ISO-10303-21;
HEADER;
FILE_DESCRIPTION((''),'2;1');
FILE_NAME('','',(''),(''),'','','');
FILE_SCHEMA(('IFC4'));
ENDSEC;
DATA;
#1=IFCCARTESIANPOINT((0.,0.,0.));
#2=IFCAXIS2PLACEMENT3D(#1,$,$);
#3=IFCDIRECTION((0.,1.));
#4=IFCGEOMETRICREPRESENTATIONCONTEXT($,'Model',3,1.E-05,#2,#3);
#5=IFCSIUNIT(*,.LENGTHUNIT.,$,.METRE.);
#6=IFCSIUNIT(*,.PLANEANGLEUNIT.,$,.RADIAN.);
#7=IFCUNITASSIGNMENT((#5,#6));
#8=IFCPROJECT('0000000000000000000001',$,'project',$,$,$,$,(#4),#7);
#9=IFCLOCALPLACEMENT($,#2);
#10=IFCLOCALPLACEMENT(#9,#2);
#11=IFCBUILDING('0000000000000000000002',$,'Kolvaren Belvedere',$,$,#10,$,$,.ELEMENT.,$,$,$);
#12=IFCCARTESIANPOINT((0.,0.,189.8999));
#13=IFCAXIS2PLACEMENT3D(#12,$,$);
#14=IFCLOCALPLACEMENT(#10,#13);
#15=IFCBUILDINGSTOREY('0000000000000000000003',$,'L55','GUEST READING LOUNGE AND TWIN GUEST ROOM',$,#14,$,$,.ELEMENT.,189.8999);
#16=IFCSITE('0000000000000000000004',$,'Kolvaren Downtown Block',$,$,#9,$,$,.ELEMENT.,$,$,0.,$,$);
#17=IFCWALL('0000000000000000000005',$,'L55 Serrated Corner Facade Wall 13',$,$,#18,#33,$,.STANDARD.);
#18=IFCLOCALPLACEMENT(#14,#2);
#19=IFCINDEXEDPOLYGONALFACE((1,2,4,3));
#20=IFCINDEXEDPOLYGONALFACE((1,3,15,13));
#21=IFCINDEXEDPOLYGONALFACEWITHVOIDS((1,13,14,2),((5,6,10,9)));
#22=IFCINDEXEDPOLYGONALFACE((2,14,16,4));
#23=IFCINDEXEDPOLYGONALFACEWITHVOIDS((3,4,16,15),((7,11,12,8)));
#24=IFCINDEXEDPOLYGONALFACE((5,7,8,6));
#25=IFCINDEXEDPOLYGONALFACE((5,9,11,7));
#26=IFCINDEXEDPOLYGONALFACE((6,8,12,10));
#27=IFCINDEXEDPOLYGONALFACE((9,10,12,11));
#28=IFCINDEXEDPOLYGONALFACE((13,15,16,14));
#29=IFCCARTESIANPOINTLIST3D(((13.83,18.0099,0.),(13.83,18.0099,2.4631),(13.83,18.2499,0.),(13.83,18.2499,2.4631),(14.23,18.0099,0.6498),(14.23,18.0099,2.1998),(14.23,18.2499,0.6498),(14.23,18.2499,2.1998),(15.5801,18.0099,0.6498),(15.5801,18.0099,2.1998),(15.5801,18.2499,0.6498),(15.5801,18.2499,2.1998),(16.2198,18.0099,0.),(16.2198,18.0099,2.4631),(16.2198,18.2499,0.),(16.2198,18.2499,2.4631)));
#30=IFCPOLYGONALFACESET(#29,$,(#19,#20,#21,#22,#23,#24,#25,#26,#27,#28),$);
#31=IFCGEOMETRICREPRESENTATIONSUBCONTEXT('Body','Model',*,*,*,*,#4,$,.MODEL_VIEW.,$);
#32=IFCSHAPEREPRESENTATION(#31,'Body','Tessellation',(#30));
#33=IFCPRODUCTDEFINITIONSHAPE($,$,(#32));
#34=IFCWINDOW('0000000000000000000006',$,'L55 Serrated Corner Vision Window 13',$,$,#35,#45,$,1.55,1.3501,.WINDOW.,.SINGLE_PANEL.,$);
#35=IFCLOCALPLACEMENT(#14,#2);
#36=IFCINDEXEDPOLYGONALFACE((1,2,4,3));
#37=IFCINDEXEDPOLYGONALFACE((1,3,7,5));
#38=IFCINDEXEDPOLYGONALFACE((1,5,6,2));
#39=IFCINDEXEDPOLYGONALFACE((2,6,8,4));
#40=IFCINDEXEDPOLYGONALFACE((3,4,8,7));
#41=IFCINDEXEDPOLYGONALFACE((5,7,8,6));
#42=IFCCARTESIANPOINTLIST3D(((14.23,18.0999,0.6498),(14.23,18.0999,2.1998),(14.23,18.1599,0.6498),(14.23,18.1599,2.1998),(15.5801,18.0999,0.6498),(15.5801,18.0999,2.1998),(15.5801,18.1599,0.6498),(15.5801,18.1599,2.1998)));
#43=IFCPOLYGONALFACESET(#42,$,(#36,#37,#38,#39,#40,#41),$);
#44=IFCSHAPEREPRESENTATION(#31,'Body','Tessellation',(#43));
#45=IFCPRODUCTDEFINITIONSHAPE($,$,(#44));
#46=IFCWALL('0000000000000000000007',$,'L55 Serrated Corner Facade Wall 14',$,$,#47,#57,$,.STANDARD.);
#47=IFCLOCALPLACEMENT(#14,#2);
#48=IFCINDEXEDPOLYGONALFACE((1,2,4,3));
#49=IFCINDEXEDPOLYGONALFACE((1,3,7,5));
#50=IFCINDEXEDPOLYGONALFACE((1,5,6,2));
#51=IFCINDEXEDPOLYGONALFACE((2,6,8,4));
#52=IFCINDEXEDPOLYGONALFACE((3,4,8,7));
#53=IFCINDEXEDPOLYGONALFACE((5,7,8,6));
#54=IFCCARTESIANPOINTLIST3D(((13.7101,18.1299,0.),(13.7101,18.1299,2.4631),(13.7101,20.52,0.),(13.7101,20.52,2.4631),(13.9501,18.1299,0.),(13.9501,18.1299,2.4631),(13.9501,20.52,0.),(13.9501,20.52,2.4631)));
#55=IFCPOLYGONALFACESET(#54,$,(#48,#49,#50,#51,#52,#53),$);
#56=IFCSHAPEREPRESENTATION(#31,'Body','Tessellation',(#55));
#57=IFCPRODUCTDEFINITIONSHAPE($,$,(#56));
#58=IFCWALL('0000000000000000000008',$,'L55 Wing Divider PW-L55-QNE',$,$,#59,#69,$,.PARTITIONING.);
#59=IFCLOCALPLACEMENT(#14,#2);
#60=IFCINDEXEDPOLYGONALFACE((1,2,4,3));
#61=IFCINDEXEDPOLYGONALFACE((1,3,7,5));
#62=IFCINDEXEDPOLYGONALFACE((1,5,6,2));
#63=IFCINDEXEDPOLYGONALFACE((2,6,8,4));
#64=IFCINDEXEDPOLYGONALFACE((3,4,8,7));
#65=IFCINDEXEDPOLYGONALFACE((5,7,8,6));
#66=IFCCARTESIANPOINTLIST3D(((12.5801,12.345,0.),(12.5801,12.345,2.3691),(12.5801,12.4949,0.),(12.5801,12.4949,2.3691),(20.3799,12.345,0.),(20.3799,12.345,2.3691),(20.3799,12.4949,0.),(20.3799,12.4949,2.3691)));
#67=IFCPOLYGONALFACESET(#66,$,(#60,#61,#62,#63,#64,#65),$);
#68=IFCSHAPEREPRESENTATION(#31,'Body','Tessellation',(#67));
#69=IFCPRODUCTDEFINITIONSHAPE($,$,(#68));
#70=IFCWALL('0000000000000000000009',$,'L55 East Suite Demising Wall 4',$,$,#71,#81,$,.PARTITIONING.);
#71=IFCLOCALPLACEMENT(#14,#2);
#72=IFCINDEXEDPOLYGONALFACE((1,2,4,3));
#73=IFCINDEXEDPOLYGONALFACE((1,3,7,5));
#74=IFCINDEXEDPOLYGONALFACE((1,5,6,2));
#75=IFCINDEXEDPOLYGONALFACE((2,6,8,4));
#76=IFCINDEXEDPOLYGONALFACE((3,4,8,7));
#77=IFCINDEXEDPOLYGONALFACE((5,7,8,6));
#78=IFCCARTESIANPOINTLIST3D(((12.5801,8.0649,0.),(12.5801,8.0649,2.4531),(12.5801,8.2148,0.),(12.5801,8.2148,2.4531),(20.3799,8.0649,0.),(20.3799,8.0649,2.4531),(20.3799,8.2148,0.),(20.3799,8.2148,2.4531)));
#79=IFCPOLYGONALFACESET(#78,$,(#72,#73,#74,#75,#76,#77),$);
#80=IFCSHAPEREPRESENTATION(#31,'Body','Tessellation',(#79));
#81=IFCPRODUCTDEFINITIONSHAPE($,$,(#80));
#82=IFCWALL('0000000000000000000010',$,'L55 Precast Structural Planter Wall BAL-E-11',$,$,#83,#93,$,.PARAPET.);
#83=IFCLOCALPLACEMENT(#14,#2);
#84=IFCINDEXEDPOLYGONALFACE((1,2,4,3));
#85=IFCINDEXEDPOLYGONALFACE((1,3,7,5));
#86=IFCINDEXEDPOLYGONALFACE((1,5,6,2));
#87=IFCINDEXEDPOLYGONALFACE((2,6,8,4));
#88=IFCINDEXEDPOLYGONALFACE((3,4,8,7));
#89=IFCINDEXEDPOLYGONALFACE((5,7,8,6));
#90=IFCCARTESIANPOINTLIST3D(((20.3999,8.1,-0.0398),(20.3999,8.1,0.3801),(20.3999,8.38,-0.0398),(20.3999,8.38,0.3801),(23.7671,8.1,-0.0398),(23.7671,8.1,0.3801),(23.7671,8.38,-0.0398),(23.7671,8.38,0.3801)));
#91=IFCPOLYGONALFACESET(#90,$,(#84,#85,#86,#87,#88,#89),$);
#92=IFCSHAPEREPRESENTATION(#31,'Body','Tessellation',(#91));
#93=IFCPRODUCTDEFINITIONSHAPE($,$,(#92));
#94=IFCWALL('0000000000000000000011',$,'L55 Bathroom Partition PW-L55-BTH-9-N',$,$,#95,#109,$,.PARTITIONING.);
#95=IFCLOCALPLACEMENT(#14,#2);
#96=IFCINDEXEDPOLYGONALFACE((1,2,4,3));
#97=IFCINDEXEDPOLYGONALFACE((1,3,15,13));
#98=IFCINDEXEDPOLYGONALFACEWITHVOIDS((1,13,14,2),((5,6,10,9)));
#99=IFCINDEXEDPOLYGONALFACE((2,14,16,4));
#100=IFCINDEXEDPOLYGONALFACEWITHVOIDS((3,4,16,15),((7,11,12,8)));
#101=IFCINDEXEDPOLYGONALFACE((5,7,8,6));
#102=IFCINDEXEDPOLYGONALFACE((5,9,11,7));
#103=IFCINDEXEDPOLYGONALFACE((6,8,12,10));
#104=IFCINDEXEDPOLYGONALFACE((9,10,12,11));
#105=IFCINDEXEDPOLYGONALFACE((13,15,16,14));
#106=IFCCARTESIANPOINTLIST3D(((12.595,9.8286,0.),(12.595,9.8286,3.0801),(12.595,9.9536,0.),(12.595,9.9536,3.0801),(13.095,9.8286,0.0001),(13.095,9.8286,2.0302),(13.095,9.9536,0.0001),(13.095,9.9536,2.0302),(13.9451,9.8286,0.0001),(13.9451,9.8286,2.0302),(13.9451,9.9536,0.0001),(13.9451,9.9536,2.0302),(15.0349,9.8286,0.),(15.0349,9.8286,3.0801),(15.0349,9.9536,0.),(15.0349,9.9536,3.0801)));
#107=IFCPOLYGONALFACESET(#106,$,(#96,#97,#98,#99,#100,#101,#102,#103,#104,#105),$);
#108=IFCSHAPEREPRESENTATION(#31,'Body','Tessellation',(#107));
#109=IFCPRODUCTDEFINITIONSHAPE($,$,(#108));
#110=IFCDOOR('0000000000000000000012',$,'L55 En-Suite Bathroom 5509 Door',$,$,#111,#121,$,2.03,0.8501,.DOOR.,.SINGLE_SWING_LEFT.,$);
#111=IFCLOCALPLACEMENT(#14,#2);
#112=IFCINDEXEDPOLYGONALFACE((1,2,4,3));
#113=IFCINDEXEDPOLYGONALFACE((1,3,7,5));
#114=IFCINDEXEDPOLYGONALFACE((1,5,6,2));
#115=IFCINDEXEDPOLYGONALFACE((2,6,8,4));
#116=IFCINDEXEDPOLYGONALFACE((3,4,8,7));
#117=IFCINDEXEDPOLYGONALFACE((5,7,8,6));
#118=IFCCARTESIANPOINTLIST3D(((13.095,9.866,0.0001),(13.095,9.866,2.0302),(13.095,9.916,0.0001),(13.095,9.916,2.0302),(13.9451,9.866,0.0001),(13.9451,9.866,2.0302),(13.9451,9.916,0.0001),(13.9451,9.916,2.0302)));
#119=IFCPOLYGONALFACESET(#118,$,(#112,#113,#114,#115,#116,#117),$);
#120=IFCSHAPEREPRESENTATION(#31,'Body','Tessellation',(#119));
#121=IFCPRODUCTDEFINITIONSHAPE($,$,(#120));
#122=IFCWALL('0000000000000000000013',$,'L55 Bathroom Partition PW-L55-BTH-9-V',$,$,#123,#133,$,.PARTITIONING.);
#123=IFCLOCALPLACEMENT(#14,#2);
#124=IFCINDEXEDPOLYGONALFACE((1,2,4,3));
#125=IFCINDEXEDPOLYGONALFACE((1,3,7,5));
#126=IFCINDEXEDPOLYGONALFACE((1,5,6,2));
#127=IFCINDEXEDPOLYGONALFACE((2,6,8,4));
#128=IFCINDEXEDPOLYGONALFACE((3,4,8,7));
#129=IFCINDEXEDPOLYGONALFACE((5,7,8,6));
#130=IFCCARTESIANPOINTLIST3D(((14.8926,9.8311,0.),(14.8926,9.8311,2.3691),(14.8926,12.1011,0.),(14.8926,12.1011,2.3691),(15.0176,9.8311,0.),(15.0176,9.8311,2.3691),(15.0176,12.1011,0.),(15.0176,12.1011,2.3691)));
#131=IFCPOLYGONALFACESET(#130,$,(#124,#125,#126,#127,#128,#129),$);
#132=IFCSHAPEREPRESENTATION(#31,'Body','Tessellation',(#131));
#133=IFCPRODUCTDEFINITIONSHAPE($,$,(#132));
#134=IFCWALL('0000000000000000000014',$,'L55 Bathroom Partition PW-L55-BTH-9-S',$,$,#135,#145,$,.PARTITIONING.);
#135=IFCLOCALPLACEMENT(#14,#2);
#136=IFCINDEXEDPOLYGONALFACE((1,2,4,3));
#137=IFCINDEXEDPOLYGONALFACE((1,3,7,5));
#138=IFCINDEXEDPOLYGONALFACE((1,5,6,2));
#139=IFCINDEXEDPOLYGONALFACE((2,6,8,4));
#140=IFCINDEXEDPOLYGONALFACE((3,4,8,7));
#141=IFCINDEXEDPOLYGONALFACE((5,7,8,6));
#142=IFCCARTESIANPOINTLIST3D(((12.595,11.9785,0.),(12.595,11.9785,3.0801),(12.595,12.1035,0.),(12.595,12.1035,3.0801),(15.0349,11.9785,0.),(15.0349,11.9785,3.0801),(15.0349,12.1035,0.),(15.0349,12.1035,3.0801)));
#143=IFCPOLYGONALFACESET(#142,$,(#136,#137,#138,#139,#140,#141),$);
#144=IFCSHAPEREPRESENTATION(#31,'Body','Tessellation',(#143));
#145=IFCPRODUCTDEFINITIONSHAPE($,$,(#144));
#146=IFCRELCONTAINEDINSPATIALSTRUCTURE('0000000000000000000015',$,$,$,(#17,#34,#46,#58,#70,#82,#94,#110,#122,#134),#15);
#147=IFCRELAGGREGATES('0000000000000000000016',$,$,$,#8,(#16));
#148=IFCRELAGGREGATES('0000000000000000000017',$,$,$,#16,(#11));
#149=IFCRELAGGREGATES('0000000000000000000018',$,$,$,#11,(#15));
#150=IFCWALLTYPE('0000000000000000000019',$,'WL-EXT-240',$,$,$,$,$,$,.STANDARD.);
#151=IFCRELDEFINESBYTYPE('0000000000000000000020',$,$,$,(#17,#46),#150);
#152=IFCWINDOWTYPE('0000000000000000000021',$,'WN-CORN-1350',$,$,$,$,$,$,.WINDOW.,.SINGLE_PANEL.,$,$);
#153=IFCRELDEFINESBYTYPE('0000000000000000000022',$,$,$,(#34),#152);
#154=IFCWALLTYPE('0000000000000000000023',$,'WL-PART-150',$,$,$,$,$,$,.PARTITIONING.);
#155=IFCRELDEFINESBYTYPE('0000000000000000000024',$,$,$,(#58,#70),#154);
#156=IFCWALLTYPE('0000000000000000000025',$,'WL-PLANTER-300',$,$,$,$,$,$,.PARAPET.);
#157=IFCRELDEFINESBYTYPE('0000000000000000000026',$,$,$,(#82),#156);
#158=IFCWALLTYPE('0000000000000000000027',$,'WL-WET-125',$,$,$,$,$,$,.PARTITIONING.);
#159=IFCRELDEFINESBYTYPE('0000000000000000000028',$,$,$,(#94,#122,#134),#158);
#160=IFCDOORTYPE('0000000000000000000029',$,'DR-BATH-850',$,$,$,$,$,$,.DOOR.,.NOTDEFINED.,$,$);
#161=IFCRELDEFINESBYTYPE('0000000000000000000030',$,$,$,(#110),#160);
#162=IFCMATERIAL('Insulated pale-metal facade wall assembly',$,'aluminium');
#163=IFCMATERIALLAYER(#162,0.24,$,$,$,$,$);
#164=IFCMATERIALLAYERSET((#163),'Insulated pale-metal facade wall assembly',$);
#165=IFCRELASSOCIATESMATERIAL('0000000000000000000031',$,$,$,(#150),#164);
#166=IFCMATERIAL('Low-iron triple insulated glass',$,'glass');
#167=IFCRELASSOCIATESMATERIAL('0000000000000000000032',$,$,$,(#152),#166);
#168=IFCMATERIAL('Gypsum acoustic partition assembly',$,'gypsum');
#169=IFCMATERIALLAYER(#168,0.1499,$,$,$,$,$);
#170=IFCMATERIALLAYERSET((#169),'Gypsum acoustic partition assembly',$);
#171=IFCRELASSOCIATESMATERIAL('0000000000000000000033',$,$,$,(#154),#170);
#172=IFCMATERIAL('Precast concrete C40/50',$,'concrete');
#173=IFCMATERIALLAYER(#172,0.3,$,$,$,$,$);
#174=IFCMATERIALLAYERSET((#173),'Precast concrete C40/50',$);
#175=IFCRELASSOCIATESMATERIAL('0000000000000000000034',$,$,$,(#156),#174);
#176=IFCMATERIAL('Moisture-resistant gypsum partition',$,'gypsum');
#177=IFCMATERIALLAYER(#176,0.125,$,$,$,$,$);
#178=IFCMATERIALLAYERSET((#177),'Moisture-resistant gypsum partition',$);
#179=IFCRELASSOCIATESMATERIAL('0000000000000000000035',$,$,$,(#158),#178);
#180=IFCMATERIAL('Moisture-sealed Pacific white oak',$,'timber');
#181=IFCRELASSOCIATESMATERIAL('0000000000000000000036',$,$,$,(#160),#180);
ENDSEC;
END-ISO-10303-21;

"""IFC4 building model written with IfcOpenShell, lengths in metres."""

from ifc_helpers import new_model, si_unit, direction, frame, frame_2d, origin, place, context, subcontext, project, spatial, rectangle, extrude, material, layer, layer_set, type_object, element, fill, save


model = new_model("IFC4")

# Units and contexts
model_context = context("Model", 3, precision=1e-05, world=origin(), true_north=direction((0.0, 1.0)))
body_context = subcontext(model_context, "Body", "Model", "MODEL_VIEW")
ifc_project = project(units=[si_unit("LENGTHUNIT", "METRE"), si_unit("PLANEANGLEUNIT", "RADIAN")], contexts=[model_context])

# Site, building, storey
site_placement = place(None, origin())
site = spatial("IfcSite", under=ifc_project, at=site_placement, Name="Kolvaren Downtown Block", CompositionType="ELEMENT", RefElevation=0.0)
building_placement = place(site_placement, origin())
building = spatial("IfcBuilding", under=site, at=building_placement, Name="Kolvaren Belvedere", CompositionType="ELEMENT")
storey_placement = place(building_placement, frame((0.0, 0.0, 189.8999)))
storey = spatial("IfcBuildingStorey", under=building, at=storey_placement, Name="L55", Description="GUEST READING LOUNGE AND TWIN GUEST ROOM", CompositionType="ELEMENT", Elevation=189.8999)

# Shared definitions
ifc_material_1 = material(Name="Insulated pale-metal facade wall assembly", Category="aluminium")
ifc_layer_1 = layer(ifc_material_1, 0.24)
ifc_layer_set_1 = layer_set([ifc_layer_1], Name="Insulated pale-metal facade wall assembly")
wall_type_1 = type_object("IfcWallType", Name="WL-EXT-240", PredefinedType="STANDARD", material=ifc_layer_set_1)

# Wall, opening, window
ifc_material_2 = material(Name="Low-iron triple insulated glass", Category="glass")
window_type_1 = type_object("IfcWindowType", Name="WN-CORN-1350", PartitioningType="SINGLE_PANEL", PredefinedType="WINDOW", material=ifc_material_2)
wall_1_placement = place(storey_placement, frame((13.8301, 18.1299, 0.0), z_axis=(0.0, 0.0, 1.0), x_axis=(1.0, 0.0, 0.0)))
wall_1 = element("IfcWall", 1, at=wall_1_placement, inside=storey, type_object=wall_type_1, Name="L55 Serrated Corner Facade Wall 13", PredefinedType="STANDARD", context=body_context, shape_type="SweptSolid", body=[
    extrude(rectangle(XDim=2.3899, YDim=0.24, at=frame_2d((1.1948, 0.0))), origin(), (0.0, 0.0, 1.0), 2.4631),
])
opening_1_placement = place(wall_1_placement, frame((0.3999, 0.0, 0.6499)))
opening_1 = element("IfcOpeningElement", 2, at=opening_1_placement, cuts=wall_1, PredefinedType="OPENING", context=body_context, shape_type="SweptSolid", body=[
    extrude(rectangle(XDim=1.3501, YDim=1.55, at=frame_2d((0.675, 0.7749))), frame((0.0, 0.1299, 0.0), z_axis=(0.0, -1.0, 0.0), x_axis=(1.0, 0.0, 0.0)), (0.0, 0.0, 1.0), 0.26),
])
window_1_placement = place(opening_1_placement, origin())
window_1 = element("IfcWindow", 3, at=window_1_placement, inside=storey, type_object=window_type_1, Name="L55 Serrated Corner Vision Window 13", OverallHeight=1.55, OverallWidth=1.3501, PartitioningType="SINGLE_PANEL", PredefinedType="WINDOW", context=body_context, shape_type="SweptSolid", body=[
    extrude(rectangle(XDim=1.3501, YDim=1.55, at=frame_2d((0.675, 0.7749))), frame((0.0, 0.03, 0.0), z_axis=(0.0, -1.0, 0.0), x_axis=(1.0, 0.0, 0.0)), (0.0, 0.0, 1.0), 0.0601),
])
fill(opening_1, window_1)

# Walls
wall_2_placement = place(storey_placement, frame((13.8301, 20.52, 0.0), z_axis=(0.0, 0.0, 1.0), x_axis=(0.0, -1.0, 0.0)))
element("IfcWall", 4, at=wall_2_placement, inside=storey, type_object=wall_type_1, Name="L55 Serrated Corner Facade Wall 14", PredefinedType="STANDARD", context=body_context, shape_type="SweptSolid", body=[
    extrude(rectangle(XDim=2.3901, YDim=0.24, at=frame_2d((1.1951, 0.0))), origin(), (0.0, 0.0, 1.0), 2.4631),
])
ifc_material_3 = material(Name="Gypsum acoustic partition assembly", Category="gypsum")
ifc_layer_2 = layer(ifc_material_3, 0.1499)
ifc_layer_set_2 = layer_set([ifc_layer_2], Name="Gypsum acoustic partition assembly")
wall_type_2 = type_object("IfcWallType", Name="WL-PART-150", PredefinedType="PARTITIONING", material=ifc_layer_set_2)
wall_3_placement = place(storey_placement, frame((12.5801, 12.4199, 0.0), z_axis=(0.0, 0.0, 1.0), x_axis=(1.0, 0.0, 0.0)))
element("IfcWall", 5, at=wall_3_placement, inside=storey, type_object=wall_type_2, Name="L55 Wing Divider PW-L55-QNE", PredefinedType="PARTITIONING", context=body_context, shape_type="SweptSolid", body=[
    extrude(rectangle(XDim=7.7998, YDim=0.1499, at=frame_2d((3.8999, 0.0))), origin(), (0.0, 0.0, 1.0), 2.3691),
])
wall_4_placement = place(storey_placement, frame((12.5801, 8.1399, 0.0), z_axis=(0.0, 0.0, 1.0), x_axis=(1.0, 0.0, 0.0)))
element("IfcWall", 6, at=wall_4_placement, inside=storey, type_object=wall_type_2, Name="L55 East Suite Demising Wall 4", PredefinedType="PARTITIONING", context=body_context, shape_type="SweptSolid", body=[
    extrude(rectangle(XDim=7.7998, YDim=0.1499, at=frame_2d((3.8999, 0.0))), origin(), (0.0, 0.0, 1.0), 2.4531),
])
ifc_material_4 = material(Name="Precast concrete C40/50", Category="concrete")
ifc_layer_3 = layer(ifc_material_4, 0.3)
ifc_layer_set_3 = layer_set([ifc_layer_3], Name="Precast concrete C40/50")
wall_type_3 = type_object("IfcWallType", Name="WL-PLANTER-300", PredefinedType="PARAPET", material=ifc_layer_set_3)
wall_5_placement = place(storey_placement, frame((23.7671, 8.24, -0.0398), z_axis=(0.0, 0.0, 1.0), x_axis=(-1.0, 0.0, 0.0)))
element("IfcWall", 7, at=wall_5_placement, inside=storey, type_object=wall_type_3, Name="L55 Precast Structural Planter Wall BAL-E-11", PredefinedType="PARAPET", context=body_context, shape_type="SweptSolid", body=[
    extrude(rectangle(XDim=3.3672, YDim=0.28, at=frame_2d((1.6836, 0.0))), origin(), (0.0, 0.0, 1.0), 0.4199),
])

# Wall, opening, door
ifc_material_5 = material(Name="Moisture-resistant gypsum partition", Category="gypsum")
ifc_layer_4 = layer(ifc_material_5, 0.125)
ifc_layer_set_4 = layer_set([ifc_layer_4], Name="Moisture-resistant gypsum partition")
wall_type_4 = type_object("IfcWallType", Name="WL-WET-125", PredefinedType="PARTITIONING", material=ifc_layer_set_4)
wall_6_placement = place(storey_placement, frame((12.595, 9.8911, 0.0), z_axis=(0.0, 0.0, 1.0), x_axis=(1.0, 0.0, 0.0)))
wall_6 = element("IfcWall", 8, at=wall_6_placement, inside=storey, type_object=wall_type_4, Name="L55 Bathroom Partition PW-L55-BTH-9-N", PredefinedType="PARTITIONING", context=body_context, shape_type="SweptSolid", body=[
    extrude(rectangle(XDim=2.4399, YDim=0.125, at=frame_2d((1.22, 0.0))), origin(), (0.0, 0.0, 1.0), 3.0801),
])
opening_2_placement = place(wall_6_placement, frame((0.5, 0.0, 0.0)))
opening_2 = element("IfcOpeningElement", 9, at=opening_2_placement, cuts=wall_6, PredefinedType="OPENING", context=body_context, shape_type="SweptSolid", body=[
    extrude(rectangle(XDim=0.8501, YDim=2.03, at=frame_2d((0.425, 1.0151))), frame((0.0, 0.0725, 0.0), z_axis=(0.0, -1.0, 0.0), x_axis=(1.0, 0.0, 0.0)), (0.0, 0.0, 1.0), 0.145),
])
ifc_material_6 = material(Name="Moisture-sealed Pacific white oak", Category="timber")
door_type = type_object("IfcDoorType", Name="DR-BATH-850", OperationType="NOTDEFINED", PredefinedType="DOOR", material=ifc_material_6)
door_placement = place(opening_2_placement, origin())
door = element("IfcDoor", 10, at=door_placement, inside=storey, type_object=door_type, Name="L55 En-Suite Bathroom 5509 Door", OperationType="SINGLE_SWING_LEFT", OverallHeight=2.03, OverallWidth=0.8501, PredefinedType="DOOR", context=body_context, shape_type="SweptSolid", body=[
    extrude(rectangle(XDim=0.8501, YDim=2.03, at=frame_2d((0.425, 1.0151))), frame((0.0, 0.0249, 0.0), z_axis=(0.0, -1.0, 0.0), x_axis=(1.0, 0.0, 0.0)), (0.0, 0.0, 1.0), 0.05),
])
fill(opening_2, door)

# Walls
wall_7_placement = place(storey_placement, frame((14.9551, 9.8311, 0.0), z_axis=(0.0, 0.0, 1.0), x_axis=(0.0, 1.0, 0.0)))
element("IfcWall", 11, at=wall_7_placement, inside=storey, type_object=wall_type_4, Name="L55 Bathroom Partition PW-L55-BTH-9-V", PredefinedType="PARTITIONING", context=body_context, shape_type="SweptSolid", body=[
    extrude(rectangle(XDim=2.27, YDim=0.125, at=frame_2d((1.135, 0.0))), origin(), (0.0, 0.0, 1.0), 2.3691),
])
wall_8_placement = place(storey_placement, frame((12.595, 12.041, 0.0), z_axis=(0.0, 0.0, 1.0), x_axis=(1.0, 0.0, 0.0)))
element("IfcWall", 12, at=wall_8_placement, inside=storey, type_object=wall_type_4, Name="L55 Bathroom Partition PW-L55-BTH-9-S", PredefinedType="PARTITIONING", context=body_context, shape_type="SweptSolid", body=[
    extrude(rectangle(XDim=2.4399, YDim=0.125, at=frame_2d((1.22, 0.0))), origin(), (0.0, 0.0, 1.0), 3.0801),
])

save(model, "model.ifc")
